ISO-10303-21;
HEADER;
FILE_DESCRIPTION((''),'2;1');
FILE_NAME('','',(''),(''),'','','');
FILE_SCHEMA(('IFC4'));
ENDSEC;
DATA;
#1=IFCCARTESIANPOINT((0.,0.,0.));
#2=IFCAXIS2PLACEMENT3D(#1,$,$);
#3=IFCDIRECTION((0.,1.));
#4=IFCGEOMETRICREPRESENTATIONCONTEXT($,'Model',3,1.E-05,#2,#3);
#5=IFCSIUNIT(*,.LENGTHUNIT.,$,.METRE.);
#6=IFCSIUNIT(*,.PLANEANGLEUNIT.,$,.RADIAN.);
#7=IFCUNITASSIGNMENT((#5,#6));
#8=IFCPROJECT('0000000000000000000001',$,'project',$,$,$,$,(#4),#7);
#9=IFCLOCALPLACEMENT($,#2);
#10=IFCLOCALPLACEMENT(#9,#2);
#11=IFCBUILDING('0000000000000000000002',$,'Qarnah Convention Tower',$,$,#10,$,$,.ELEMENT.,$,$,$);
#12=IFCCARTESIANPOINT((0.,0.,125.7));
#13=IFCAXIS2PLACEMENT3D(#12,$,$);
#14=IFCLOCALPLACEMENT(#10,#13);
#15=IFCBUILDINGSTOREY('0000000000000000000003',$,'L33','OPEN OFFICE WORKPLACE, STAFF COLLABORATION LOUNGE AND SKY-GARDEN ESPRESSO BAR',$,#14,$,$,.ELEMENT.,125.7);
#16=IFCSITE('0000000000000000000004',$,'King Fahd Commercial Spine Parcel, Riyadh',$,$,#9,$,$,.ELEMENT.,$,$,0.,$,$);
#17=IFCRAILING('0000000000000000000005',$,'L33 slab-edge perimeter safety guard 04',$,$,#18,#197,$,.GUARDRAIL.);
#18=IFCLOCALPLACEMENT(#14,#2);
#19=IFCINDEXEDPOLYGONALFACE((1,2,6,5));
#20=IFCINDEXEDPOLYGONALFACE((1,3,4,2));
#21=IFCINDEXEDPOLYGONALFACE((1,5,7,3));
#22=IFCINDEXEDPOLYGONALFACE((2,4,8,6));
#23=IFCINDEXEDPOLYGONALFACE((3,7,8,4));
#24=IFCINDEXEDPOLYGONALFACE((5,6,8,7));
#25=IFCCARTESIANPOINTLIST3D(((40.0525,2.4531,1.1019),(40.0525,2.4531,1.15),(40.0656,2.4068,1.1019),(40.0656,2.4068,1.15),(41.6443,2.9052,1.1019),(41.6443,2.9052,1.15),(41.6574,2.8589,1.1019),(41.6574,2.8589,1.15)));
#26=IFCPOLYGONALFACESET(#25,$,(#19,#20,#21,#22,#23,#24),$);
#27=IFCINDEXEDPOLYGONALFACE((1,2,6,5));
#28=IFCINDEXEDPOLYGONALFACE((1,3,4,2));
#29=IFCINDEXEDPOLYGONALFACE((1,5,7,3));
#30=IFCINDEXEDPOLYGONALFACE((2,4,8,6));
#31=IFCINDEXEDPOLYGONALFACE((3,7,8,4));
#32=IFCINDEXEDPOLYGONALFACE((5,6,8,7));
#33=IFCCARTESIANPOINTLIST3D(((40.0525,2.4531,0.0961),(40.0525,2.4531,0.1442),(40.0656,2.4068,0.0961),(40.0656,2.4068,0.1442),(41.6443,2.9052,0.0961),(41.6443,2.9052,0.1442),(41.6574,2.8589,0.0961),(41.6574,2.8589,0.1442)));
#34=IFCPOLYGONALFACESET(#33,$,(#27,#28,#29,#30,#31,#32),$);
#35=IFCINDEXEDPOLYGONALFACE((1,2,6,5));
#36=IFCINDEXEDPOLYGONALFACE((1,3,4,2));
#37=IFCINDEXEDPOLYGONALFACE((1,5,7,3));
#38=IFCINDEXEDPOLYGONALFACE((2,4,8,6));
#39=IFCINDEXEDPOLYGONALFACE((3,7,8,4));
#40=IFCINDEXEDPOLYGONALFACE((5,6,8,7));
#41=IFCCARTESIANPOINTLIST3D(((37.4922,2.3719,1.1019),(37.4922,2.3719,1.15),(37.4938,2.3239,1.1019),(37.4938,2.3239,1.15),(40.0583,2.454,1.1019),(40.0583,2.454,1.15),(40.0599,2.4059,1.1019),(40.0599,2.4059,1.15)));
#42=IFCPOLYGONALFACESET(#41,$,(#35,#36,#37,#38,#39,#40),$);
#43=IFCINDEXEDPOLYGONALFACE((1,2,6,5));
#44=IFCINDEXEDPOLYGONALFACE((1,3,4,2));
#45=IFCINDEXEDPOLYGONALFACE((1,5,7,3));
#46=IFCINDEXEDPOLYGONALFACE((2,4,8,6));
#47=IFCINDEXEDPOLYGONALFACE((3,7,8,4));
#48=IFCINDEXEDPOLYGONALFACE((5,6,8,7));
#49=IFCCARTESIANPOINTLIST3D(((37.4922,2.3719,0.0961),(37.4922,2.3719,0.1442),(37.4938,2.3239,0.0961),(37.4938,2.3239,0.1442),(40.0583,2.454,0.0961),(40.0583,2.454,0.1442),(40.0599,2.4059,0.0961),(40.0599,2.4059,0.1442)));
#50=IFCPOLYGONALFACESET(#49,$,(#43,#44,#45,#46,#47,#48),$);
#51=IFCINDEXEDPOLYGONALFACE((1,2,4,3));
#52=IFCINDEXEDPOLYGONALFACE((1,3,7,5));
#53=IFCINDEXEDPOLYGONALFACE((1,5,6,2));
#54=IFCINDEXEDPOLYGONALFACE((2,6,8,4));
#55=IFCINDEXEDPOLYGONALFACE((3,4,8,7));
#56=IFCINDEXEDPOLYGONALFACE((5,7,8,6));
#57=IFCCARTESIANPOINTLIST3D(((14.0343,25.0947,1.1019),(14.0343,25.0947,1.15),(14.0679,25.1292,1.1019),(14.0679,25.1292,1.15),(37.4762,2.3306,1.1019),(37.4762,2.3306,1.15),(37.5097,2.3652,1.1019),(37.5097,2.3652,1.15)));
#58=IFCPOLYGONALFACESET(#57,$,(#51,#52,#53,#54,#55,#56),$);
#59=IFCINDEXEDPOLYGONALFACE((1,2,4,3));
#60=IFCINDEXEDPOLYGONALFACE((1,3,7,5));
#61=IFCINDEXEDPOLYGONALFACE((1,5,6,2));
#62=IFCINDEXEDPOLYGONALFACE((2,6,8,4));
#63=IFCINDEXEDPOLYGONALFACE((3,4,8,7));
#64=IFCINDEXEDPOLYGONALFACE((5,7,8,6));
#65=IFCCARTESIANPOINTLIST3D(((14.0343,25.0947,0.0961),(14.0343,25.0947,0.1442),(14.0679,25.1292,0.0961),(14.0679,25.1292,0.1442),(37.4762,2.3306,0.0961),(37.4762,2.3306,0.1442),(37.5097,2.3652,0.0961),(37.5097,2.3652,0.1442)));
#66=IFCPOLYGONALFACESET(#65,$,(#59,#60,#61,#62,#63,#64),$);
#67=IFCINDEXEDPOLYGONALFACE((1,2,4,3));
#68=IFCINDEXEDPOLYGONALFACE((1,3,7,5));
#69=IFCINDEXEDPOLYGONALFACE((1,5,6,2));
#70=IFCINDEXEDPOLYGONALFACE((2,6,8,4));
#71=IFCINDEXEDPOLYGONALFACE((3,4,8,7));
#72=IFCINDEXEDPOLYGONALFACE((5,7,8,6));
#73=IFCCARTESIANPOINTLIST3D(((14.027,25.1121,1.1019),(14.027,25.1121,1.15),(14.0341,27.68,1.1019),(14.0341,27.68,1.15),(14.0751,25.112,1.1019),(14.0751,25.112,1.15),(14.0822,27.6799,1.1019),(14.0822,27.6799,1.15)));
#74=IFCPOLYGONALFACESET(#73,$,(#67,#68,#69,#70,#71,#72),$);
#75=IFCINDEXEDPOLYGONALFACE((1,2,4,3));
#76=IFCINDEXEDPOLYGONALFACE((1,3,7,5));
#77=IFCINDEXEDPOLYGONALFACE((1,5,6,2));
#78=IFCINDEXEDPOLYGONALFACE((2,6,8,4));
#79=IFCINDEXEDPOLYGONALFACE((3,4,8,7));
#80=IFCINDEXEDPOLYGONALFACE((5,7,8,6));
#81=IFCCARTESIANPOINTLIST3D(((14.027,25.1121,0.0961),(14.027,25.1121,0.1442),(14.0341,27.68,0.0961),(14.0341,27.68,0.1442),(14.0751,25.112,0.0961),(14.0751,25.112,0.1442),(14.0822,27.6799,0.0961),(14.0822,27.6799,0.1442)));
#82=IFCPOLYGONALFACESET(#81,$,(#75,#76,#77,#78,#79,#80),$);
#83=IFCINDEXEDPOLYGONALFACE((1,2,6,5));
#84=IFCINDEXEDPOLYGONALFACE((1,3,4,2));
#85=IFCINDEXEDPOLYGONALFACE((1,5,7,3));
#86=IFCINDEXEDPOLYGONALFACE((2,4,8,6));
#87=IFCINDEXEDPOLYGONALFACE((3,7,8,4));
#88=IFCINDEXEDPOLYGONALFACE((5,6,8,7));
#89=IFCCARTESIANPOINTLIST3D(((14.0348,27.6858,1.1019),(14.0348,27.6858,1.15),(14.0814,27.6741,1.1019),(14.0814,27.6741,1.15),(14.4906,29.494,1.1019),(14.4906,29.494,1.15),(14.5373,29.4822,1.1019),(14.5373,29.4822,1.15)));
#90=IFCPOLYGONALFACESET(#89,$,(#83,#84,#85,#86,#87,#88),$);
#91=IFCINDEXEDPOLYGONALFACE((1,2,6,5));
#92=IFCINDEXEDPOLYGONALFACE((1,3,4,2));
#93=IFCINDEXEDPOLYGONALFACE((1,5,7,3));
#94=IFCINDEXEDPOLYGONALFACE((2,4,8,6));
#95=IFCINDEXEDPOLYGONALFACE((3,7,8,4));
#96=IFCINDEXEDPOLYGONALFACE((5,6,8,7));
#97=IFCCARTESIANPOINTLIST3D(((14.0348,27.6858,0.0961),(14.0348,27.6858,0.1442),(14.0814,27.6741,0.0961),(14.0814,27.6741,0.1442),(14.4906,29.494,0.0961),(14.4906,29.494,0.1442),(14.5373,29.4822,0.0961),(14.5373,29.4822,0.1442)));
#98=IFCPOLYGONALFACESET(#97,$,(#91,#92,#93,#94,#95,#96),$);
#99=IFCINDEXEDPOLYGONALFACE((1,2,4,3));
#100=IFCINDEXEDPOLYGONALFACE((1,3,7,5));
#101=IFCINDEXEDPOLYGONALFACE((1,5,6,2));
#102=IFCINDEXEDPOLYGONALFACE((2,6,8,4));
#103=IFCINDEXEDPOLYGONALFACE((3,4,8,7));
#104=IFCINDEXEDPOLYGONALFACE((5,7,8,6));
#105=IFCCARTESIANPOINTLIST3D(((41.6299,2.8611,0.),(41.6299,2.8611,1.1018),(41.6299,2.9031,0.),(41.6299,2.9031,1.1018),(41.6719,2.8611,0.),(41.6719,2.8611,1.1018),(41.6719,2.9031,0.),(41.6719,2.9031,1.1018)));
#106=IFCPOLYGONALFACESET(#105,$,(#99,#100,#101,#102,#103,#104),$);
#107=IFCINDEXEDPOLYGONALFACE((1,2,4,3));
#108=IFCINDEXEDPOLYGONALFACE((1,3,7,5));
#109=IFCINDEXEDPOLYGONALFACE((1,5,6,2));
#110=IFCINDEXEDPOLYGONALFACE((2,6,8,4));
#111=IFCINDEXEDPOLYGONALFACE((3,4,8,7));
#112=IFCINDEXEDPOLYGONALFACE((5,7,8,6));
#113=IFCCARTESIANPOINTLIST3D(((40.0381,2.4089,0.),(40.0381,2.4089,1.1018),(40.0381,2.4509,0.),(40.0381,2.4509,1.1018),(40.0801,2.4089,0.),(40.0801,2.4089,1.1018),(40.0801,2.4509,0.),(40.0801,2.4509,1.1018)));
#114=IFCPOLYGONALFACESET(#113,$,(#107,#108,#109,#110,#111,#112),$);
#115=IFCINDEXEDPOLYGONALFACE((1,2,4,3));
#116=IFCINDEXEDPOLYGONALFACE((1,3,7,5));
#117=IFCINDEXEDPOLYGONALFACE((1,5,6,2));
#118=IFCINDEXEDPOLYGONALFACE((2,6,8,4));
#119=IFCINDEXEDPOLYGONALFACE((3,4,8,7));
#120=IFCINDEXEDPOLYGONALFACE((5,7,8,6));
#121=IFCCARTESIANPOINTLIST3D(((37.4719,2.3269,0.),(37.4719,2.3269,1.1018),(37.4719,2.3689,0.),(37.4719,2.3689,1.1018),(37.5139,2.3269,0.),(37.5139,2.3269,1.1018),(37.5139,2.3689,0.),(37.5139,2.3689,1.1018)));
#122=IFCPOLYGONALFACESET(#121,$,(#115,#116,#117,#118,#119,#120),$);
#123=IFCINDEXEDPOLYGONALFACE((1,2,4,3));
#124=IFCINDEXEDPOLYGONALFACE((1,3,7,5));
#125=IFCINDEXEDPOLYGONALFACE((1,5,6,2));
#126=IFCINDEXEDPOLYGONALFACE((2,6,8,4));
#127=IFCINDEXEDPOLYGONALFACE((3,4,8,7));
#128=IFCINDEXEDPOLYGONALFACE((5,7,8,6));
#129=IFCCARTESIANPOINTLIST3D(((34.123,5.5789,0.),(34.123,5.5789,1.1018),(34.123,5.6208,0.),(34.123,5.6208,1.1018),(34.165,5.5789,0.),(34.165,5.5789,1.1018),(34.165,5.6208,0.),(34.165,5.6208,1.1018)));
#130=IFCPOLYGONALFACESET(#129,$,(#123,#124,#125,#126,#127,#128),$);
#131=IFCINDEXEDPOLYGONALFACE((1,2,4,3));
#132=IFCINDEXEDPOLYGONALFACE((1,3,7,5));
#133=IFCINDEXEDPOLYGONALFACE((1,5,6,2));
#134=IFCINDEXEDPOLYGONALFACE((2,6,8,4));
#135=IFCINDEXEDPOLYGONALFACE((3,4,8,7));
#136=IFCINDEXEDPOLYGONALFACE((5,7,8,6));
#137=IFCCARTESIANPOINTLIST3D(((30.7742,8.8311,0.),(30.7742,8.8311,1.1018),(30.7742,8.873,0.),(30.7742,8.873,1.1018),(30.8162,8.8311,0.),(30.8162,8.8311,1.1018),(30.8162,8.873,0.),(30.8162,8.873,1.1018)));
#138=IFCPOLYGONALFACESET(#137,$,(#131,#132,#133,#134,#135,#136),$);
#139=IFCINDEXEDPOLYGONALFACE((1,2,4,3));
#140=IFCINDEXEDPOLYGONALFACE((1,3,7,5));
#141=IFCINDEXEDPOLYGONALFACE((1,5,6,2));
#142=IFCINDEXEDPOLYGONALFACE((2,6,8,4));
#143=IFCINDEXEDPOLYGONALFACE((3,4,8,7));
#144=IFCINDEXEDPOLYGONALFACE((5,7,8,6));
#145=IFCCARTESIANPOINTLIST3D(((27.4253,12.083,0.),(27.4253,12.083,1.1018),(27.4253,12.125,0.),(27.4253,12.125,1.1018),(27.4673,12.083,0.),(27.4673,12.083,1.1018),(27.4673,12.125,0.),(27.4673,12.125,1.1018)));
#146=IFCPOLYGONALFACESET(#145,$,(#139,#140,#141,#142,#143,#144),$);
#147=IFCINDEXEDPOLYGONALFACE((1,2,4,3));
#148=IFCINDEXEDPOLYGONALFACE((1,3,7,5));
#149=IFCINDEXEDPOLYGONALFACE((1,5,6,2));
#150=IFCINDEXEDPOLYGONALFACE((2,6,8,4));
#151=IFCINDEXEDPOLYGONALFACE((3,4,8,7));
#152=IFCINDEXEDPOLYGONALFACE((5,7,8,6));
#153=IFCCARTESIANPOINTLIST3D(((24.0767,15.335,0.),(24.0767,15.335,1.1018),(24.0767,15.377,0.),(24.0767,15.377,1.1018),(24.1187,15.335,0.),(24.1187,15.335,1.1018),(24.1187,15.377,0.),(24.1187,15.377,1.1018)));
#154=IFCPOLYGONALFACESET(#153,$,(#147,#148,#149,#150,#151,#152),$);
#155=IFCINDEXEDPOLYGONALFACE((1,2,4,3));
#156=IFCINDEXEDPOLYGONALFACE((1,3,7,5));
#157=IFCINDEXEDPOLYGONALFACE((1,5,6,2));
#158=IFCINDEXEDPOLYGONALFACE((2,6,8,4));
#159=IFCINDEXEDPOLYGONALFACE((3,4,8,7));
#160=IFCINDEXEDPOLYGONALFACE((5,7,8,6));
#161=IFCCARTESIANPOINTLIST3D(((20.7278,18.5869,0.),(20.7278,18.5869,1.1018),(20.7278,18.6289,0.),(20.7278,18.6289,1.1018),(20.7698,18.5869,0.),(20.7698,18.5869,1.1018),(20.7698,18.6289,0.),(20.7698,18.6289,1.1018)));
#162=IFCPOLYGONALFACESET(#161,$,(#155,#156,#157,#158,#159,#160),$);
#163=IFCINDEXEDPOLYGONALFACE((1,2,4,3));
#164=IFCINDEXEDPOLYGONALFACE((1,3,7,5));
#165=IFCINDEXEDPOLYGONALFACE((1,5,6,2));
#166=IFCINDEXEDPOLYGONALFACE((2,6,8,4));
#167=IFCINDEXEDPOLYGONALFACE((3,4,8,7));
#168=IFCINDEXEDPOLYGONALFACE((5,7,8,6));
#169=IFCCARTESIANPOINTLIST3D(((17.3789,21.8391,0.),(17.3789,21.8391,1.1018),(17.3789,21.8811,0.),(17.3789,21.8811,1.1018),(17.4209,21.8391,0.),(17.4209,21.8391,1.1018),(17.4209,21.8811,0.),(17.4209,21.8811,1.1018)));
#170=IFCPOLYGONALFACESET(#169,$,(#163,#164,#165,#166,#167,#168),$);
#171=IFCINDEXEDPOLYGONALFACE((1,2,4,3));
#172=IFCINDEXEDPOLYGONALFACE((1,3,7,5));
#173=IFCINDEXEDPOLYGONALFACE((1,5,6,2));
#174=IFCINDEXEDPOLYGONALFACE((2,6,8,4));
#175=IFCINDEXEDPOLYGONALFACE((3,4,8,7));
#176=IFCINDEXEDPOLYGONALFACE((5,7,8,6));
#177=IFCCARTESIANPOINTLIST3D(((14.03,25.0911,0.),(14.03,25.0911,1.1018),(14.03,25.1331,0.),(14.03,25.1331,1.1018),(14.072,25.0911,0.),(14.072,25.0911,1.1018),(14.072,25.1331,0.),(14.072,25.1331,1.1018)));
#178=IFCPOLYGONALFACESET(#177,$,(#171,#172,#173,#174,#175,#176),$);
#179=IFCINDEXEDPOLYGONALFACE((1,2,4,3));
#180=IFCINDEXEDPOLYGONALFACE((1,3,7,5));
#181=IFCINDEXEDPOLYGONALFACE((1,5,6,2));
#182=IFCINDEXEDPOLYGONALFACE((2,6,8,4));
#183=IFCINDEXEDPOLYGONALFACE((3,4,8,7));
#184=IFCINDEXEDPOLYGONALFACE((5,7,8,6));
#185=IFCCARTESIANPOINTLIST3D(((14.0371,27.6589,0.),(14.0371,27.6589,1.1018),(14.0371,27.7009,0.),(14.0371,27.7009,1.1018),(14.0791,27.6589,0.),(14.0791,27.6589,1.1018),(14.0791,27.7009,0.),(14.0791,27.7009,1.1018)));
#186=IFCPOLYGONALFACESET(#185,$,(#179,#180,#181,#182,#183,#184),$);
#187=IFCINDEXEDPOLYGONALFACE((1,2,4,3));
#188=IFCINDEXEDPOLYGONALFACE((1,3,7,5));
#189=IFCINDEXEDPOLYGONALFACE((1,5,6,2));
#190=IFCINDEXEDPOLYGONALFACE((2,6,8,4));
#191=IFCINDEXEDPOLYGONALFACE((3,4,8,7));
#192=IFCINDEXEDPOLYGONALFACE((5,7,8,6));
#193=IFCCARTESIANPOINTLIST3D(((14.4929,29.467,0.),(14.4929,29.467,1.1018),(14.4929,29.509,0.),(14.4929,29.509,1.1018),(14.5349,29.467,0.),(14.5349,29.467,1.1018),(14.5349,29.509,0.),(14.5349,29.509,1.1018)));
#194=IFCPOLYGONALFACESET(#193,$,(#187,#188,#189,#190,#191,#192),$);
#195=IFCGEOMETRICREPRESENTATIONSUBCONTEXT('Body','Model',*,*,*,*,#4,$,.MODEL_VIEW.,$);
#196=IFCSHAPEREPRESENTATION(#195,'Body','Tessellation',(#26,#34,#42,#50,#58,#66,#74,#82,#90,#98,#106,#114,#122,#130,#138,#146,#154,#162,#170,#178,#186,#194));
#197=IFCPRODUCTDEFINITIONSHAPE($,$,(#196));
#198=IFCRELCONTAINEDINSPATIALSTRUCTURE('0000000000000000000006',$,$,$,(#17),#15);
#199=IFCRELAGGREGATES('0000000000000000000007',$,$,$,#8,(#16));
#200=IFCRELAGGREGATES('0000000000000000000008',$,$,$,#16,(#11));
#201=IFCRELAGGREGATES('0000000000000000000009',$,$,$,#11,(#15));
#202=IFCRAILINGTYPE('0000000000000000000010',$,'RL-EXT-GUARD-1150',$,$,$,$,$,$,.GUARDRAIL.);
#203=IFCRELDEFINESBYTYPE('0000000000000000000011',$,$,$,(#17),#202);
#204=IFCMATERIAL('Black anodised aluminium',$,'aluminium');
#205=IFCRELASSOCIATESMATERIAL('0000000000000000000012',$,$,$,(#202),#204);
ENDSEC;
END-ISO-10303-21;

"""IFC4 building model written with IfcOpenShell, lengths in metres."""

from ifc_helpers import new_model, si_unit, direction, frame, origin, origin_2d, place, context, subcontext, project, spatial, rectangle, extrude, material, type_object, element, save


model = new_model("IFC4")

# Units and contexts
model_context = context("Model", 3, precision=1e-05, world=origin(), true_north=direction((0.0, 1.0)))
body_context = subcontext(model_context, "Body", "Model", "MODEL_VIEW")
ifc_project = project(units=[si_unit("LENGTHUNIT", "METRE"), si_unit("PLANEANGLEUNIT", "RADIAN")], contexts=[model_context])

# Site, building, storey
site_placement = place(None, origin())
site = spatial("IfcSite", under=ifc_project, at=site_placement, Name="King Fahd Commercial Spine Parcel, Riyadh", CompositionType="ELEMENT", RefElevation=0.0)
building_placement = place(site_placement, origin())
building = spatial("IfcBuilding", under=site, at=building_placement, Name="Qarnah Convention Tower", CompositionType="ELEMENT")
storey_placement = place(building_placement, frame((0.0, 0.0, 125.7)))
storey = spatial("IfcBuildingStorey", under=building, at=storey_placement, Name="L33", Description="OPEN OFFICE WORKPLACE, STAFF COLLABORATION LOUNGE AND SKY-GARDEN ESPRESSO BAR", CompositionType="ELEMENT", Elevation=125.7)

# Shared definitions
ifc_material_1 = material(Name="Black anodised aluminium", Category="aluminium")

# Railing
railing_type = type_object("IfcRailingType", Name="RL-EXT-GUARD-1150", PredefinedType="GUARDRAIL", material=ifc_material_1)
railing_1_placement = place(storey_placement, frame((41.6509, 2.8821, 0.0)))
element("IfcRailing", 1, at=railing_1_placement, inside=storey, type_object=railing_type, Name="L33 slab-edge perimeter safety guard 04", PredefinedType="GUARDRAIL", context=body_context, shape_type="SweptSolid", body=[
    extrude(rectangle(XDim=0.0481, YDim=0.0481, at=origin_2d()), frame((0.0, 0.0, 1.126), z_axis=(-0.961946, -0.27324, 0.0), x_axis=(0.27324, -0.961946, 0.0)), (0.0, 0.0, 1.0), 1.6548),
    extrude(rectangle(XDim=0.0481, YDim=0.0481, at=origin_2d()), frame((0.0, 0.0, 0.1201), z_axis=(-0.961946, -0.27324, 0.0), x_axis=(0.27324, -0.961946, 0.0)), (0.0, 0.0, 1.0), 1.6548),
    extrude(rectangle(XDim=0.0481, YDim=0.0481, at=origin_2d()), frame((-1.5918, -0.4521, 1.126), z_axis=(-0.999489, -0.03195, 0.0), x_axis=(0.03195, -0.999489, 0.0)), (0.0, 0.0, 1.0), 2.5674),
    extrude(rectangle(XDim=0.0481, YDim=0.0481, at=origin_2d()), frame((-1.5918, -0.4521, 0.1201), z_axis=(-0.999489, -0.03195, 0.0), x_axis=(0.03195, -0.999489, 0.0)), (0.0, 0.0, 1.0), 2.5674),
    extrude(rectangle(XDim=0.0481, YDim=0.0481, at=origin_2d()), frame((-4.158, -0.5342, 1.126), z_axis=(-0.717401, 0.69666, 0.0), x_axis=(-0.69666, -0.717401, 0.0)), (0.0, 0.0, 1.0), 32.676),
    extrude(rectangle(XDim=0.0481, YDim=0.0481, at=origin_2d()), frame((-4.158, -0.5342, 0.1201), z_axis=(-0.717401, 0.69666, 0.0), x_axis=(-0.69666, -0.717401, 0.0)), (0.0, 0.0, 1.0), 32.676),
    extrude(rectangle(XDim=0.0481, YDim=0.0481, at=origin_2d()), frame((-27.5999, 22.23, 1.126), z_axis=(0.002757, 0.999996, 0.0), x_axis=(-0.999996, 0.002757, 0.0)), (0.0, 0.0, 1.0), 2.5679),
    extrude(rectangle(XDim=0.0481, YDim=0.0481, at=origin_2d()), frame((-27.5999, 22.23, 0.1201), z_axis=(0.002757, 0.999996, 0.0), x_axis=(-0.999996, 0.002757, 0.0)), (0.0, 0.0, 1.0), 2.5679),
    extrude(rectangle(XDim=0.0481, YDim=0.0481, at=origin_2d()), frame((-27.5928, 24.7979, 1.126), z_axis=(0.244445, 0.969663, 0.0), x_axis=(-0.969663, 0.244445, 0.0)), (0.0, 0.0, 1.0), 1.8647),
    extrude(rectangle(XDim=0.0481, YDim=0.0481, at=origin_2d()), frame((-27.5928, 24.7979, 0.1201), z_axis=(0.244445, 0.969663, 0.0), x_axis=(-0.969663, 0.244445, 0.0)), (0.0, 0.0, 1.0), 1.8647),
    extrude(rectangle(XDim=0.042, YDim=0.042, at=origin_2d()), origin(), (0.0, 0.0, 1.0), 1.1018),
    extrude(rectangle(XDim=0.042, YDim=0.042, at=origin_2d()), frame((-1.5918, -0.4521, 0.0)), (0.0, 0.0, 1.0), 1.1018),
    extrude(rectangle(XDim=0.042, YDim=0.042, at=origin_2d()), frame((-4.158, -0.5342, 0.0)), (0.0, 0.0, 1.0), 1.1018),
    extrude(rectangle(XDim=0.042, YDim=0.042, at=origin_2d()), frame((-7.5068, 2.7178, 0.0)), (0.0, 0.0, 1.0), 1.1018),
    extrude(rectangle(XDim=0.042, YDim=0.042, at=origin_2d()), frame((-10.8557, 5.97, 0.0)), (0.0, 0.0, 1.0), 1.1018),
    extrude(rectangle(XDim=0.042, YDim=0.042, at=origin_2d()), frame((-14.2046, 9.2219, 0.0)), (0.0, 0.0, 1.0), 1.1018),
    extrude(rectangle(XDim=0.042, YDim=0.042, at=origin_2d()), frame((-17.5532, 12.4739, 0.0)), (0.0, 0.0, 1.0), 1.1018),
    extrude(rectangle(XDim=0.042, YDim=0.042, at=origin_2d()), frame((-20.9021, 15.7258, 0.0)), (0.0, 0.0, 1.0), 1.1018),
    extrude(rectangle(XDim=0.042, YDim=0.042, at=origin_2d()), frame((-24.251, 18.978, 0.0)), (0.0, 0.0, 1.0), 1.1018),
    extrude(rectangle(XDim=0.042, YDim=0.042, at=origin_2d()), frame((-27.5999, 22.23, 0.0)), (0.0, 0.0, 1.0), 1.1018),
    extrude(rectangle(XDim=0.042, YDim=0.042, at=origin_2d()), frame((-27.5928, 24.7979, 0.0)), (0.0, 0.0, 1.0), 1.1018),
    extrude(rectangle(XDim=0.042, YDim=0.042, at=origin_2d()), frame((-27.137, 26.606, 0.0)), (0.0, 0.0, 1.0), 1.1018),
])

save(model, "model.ifc")
